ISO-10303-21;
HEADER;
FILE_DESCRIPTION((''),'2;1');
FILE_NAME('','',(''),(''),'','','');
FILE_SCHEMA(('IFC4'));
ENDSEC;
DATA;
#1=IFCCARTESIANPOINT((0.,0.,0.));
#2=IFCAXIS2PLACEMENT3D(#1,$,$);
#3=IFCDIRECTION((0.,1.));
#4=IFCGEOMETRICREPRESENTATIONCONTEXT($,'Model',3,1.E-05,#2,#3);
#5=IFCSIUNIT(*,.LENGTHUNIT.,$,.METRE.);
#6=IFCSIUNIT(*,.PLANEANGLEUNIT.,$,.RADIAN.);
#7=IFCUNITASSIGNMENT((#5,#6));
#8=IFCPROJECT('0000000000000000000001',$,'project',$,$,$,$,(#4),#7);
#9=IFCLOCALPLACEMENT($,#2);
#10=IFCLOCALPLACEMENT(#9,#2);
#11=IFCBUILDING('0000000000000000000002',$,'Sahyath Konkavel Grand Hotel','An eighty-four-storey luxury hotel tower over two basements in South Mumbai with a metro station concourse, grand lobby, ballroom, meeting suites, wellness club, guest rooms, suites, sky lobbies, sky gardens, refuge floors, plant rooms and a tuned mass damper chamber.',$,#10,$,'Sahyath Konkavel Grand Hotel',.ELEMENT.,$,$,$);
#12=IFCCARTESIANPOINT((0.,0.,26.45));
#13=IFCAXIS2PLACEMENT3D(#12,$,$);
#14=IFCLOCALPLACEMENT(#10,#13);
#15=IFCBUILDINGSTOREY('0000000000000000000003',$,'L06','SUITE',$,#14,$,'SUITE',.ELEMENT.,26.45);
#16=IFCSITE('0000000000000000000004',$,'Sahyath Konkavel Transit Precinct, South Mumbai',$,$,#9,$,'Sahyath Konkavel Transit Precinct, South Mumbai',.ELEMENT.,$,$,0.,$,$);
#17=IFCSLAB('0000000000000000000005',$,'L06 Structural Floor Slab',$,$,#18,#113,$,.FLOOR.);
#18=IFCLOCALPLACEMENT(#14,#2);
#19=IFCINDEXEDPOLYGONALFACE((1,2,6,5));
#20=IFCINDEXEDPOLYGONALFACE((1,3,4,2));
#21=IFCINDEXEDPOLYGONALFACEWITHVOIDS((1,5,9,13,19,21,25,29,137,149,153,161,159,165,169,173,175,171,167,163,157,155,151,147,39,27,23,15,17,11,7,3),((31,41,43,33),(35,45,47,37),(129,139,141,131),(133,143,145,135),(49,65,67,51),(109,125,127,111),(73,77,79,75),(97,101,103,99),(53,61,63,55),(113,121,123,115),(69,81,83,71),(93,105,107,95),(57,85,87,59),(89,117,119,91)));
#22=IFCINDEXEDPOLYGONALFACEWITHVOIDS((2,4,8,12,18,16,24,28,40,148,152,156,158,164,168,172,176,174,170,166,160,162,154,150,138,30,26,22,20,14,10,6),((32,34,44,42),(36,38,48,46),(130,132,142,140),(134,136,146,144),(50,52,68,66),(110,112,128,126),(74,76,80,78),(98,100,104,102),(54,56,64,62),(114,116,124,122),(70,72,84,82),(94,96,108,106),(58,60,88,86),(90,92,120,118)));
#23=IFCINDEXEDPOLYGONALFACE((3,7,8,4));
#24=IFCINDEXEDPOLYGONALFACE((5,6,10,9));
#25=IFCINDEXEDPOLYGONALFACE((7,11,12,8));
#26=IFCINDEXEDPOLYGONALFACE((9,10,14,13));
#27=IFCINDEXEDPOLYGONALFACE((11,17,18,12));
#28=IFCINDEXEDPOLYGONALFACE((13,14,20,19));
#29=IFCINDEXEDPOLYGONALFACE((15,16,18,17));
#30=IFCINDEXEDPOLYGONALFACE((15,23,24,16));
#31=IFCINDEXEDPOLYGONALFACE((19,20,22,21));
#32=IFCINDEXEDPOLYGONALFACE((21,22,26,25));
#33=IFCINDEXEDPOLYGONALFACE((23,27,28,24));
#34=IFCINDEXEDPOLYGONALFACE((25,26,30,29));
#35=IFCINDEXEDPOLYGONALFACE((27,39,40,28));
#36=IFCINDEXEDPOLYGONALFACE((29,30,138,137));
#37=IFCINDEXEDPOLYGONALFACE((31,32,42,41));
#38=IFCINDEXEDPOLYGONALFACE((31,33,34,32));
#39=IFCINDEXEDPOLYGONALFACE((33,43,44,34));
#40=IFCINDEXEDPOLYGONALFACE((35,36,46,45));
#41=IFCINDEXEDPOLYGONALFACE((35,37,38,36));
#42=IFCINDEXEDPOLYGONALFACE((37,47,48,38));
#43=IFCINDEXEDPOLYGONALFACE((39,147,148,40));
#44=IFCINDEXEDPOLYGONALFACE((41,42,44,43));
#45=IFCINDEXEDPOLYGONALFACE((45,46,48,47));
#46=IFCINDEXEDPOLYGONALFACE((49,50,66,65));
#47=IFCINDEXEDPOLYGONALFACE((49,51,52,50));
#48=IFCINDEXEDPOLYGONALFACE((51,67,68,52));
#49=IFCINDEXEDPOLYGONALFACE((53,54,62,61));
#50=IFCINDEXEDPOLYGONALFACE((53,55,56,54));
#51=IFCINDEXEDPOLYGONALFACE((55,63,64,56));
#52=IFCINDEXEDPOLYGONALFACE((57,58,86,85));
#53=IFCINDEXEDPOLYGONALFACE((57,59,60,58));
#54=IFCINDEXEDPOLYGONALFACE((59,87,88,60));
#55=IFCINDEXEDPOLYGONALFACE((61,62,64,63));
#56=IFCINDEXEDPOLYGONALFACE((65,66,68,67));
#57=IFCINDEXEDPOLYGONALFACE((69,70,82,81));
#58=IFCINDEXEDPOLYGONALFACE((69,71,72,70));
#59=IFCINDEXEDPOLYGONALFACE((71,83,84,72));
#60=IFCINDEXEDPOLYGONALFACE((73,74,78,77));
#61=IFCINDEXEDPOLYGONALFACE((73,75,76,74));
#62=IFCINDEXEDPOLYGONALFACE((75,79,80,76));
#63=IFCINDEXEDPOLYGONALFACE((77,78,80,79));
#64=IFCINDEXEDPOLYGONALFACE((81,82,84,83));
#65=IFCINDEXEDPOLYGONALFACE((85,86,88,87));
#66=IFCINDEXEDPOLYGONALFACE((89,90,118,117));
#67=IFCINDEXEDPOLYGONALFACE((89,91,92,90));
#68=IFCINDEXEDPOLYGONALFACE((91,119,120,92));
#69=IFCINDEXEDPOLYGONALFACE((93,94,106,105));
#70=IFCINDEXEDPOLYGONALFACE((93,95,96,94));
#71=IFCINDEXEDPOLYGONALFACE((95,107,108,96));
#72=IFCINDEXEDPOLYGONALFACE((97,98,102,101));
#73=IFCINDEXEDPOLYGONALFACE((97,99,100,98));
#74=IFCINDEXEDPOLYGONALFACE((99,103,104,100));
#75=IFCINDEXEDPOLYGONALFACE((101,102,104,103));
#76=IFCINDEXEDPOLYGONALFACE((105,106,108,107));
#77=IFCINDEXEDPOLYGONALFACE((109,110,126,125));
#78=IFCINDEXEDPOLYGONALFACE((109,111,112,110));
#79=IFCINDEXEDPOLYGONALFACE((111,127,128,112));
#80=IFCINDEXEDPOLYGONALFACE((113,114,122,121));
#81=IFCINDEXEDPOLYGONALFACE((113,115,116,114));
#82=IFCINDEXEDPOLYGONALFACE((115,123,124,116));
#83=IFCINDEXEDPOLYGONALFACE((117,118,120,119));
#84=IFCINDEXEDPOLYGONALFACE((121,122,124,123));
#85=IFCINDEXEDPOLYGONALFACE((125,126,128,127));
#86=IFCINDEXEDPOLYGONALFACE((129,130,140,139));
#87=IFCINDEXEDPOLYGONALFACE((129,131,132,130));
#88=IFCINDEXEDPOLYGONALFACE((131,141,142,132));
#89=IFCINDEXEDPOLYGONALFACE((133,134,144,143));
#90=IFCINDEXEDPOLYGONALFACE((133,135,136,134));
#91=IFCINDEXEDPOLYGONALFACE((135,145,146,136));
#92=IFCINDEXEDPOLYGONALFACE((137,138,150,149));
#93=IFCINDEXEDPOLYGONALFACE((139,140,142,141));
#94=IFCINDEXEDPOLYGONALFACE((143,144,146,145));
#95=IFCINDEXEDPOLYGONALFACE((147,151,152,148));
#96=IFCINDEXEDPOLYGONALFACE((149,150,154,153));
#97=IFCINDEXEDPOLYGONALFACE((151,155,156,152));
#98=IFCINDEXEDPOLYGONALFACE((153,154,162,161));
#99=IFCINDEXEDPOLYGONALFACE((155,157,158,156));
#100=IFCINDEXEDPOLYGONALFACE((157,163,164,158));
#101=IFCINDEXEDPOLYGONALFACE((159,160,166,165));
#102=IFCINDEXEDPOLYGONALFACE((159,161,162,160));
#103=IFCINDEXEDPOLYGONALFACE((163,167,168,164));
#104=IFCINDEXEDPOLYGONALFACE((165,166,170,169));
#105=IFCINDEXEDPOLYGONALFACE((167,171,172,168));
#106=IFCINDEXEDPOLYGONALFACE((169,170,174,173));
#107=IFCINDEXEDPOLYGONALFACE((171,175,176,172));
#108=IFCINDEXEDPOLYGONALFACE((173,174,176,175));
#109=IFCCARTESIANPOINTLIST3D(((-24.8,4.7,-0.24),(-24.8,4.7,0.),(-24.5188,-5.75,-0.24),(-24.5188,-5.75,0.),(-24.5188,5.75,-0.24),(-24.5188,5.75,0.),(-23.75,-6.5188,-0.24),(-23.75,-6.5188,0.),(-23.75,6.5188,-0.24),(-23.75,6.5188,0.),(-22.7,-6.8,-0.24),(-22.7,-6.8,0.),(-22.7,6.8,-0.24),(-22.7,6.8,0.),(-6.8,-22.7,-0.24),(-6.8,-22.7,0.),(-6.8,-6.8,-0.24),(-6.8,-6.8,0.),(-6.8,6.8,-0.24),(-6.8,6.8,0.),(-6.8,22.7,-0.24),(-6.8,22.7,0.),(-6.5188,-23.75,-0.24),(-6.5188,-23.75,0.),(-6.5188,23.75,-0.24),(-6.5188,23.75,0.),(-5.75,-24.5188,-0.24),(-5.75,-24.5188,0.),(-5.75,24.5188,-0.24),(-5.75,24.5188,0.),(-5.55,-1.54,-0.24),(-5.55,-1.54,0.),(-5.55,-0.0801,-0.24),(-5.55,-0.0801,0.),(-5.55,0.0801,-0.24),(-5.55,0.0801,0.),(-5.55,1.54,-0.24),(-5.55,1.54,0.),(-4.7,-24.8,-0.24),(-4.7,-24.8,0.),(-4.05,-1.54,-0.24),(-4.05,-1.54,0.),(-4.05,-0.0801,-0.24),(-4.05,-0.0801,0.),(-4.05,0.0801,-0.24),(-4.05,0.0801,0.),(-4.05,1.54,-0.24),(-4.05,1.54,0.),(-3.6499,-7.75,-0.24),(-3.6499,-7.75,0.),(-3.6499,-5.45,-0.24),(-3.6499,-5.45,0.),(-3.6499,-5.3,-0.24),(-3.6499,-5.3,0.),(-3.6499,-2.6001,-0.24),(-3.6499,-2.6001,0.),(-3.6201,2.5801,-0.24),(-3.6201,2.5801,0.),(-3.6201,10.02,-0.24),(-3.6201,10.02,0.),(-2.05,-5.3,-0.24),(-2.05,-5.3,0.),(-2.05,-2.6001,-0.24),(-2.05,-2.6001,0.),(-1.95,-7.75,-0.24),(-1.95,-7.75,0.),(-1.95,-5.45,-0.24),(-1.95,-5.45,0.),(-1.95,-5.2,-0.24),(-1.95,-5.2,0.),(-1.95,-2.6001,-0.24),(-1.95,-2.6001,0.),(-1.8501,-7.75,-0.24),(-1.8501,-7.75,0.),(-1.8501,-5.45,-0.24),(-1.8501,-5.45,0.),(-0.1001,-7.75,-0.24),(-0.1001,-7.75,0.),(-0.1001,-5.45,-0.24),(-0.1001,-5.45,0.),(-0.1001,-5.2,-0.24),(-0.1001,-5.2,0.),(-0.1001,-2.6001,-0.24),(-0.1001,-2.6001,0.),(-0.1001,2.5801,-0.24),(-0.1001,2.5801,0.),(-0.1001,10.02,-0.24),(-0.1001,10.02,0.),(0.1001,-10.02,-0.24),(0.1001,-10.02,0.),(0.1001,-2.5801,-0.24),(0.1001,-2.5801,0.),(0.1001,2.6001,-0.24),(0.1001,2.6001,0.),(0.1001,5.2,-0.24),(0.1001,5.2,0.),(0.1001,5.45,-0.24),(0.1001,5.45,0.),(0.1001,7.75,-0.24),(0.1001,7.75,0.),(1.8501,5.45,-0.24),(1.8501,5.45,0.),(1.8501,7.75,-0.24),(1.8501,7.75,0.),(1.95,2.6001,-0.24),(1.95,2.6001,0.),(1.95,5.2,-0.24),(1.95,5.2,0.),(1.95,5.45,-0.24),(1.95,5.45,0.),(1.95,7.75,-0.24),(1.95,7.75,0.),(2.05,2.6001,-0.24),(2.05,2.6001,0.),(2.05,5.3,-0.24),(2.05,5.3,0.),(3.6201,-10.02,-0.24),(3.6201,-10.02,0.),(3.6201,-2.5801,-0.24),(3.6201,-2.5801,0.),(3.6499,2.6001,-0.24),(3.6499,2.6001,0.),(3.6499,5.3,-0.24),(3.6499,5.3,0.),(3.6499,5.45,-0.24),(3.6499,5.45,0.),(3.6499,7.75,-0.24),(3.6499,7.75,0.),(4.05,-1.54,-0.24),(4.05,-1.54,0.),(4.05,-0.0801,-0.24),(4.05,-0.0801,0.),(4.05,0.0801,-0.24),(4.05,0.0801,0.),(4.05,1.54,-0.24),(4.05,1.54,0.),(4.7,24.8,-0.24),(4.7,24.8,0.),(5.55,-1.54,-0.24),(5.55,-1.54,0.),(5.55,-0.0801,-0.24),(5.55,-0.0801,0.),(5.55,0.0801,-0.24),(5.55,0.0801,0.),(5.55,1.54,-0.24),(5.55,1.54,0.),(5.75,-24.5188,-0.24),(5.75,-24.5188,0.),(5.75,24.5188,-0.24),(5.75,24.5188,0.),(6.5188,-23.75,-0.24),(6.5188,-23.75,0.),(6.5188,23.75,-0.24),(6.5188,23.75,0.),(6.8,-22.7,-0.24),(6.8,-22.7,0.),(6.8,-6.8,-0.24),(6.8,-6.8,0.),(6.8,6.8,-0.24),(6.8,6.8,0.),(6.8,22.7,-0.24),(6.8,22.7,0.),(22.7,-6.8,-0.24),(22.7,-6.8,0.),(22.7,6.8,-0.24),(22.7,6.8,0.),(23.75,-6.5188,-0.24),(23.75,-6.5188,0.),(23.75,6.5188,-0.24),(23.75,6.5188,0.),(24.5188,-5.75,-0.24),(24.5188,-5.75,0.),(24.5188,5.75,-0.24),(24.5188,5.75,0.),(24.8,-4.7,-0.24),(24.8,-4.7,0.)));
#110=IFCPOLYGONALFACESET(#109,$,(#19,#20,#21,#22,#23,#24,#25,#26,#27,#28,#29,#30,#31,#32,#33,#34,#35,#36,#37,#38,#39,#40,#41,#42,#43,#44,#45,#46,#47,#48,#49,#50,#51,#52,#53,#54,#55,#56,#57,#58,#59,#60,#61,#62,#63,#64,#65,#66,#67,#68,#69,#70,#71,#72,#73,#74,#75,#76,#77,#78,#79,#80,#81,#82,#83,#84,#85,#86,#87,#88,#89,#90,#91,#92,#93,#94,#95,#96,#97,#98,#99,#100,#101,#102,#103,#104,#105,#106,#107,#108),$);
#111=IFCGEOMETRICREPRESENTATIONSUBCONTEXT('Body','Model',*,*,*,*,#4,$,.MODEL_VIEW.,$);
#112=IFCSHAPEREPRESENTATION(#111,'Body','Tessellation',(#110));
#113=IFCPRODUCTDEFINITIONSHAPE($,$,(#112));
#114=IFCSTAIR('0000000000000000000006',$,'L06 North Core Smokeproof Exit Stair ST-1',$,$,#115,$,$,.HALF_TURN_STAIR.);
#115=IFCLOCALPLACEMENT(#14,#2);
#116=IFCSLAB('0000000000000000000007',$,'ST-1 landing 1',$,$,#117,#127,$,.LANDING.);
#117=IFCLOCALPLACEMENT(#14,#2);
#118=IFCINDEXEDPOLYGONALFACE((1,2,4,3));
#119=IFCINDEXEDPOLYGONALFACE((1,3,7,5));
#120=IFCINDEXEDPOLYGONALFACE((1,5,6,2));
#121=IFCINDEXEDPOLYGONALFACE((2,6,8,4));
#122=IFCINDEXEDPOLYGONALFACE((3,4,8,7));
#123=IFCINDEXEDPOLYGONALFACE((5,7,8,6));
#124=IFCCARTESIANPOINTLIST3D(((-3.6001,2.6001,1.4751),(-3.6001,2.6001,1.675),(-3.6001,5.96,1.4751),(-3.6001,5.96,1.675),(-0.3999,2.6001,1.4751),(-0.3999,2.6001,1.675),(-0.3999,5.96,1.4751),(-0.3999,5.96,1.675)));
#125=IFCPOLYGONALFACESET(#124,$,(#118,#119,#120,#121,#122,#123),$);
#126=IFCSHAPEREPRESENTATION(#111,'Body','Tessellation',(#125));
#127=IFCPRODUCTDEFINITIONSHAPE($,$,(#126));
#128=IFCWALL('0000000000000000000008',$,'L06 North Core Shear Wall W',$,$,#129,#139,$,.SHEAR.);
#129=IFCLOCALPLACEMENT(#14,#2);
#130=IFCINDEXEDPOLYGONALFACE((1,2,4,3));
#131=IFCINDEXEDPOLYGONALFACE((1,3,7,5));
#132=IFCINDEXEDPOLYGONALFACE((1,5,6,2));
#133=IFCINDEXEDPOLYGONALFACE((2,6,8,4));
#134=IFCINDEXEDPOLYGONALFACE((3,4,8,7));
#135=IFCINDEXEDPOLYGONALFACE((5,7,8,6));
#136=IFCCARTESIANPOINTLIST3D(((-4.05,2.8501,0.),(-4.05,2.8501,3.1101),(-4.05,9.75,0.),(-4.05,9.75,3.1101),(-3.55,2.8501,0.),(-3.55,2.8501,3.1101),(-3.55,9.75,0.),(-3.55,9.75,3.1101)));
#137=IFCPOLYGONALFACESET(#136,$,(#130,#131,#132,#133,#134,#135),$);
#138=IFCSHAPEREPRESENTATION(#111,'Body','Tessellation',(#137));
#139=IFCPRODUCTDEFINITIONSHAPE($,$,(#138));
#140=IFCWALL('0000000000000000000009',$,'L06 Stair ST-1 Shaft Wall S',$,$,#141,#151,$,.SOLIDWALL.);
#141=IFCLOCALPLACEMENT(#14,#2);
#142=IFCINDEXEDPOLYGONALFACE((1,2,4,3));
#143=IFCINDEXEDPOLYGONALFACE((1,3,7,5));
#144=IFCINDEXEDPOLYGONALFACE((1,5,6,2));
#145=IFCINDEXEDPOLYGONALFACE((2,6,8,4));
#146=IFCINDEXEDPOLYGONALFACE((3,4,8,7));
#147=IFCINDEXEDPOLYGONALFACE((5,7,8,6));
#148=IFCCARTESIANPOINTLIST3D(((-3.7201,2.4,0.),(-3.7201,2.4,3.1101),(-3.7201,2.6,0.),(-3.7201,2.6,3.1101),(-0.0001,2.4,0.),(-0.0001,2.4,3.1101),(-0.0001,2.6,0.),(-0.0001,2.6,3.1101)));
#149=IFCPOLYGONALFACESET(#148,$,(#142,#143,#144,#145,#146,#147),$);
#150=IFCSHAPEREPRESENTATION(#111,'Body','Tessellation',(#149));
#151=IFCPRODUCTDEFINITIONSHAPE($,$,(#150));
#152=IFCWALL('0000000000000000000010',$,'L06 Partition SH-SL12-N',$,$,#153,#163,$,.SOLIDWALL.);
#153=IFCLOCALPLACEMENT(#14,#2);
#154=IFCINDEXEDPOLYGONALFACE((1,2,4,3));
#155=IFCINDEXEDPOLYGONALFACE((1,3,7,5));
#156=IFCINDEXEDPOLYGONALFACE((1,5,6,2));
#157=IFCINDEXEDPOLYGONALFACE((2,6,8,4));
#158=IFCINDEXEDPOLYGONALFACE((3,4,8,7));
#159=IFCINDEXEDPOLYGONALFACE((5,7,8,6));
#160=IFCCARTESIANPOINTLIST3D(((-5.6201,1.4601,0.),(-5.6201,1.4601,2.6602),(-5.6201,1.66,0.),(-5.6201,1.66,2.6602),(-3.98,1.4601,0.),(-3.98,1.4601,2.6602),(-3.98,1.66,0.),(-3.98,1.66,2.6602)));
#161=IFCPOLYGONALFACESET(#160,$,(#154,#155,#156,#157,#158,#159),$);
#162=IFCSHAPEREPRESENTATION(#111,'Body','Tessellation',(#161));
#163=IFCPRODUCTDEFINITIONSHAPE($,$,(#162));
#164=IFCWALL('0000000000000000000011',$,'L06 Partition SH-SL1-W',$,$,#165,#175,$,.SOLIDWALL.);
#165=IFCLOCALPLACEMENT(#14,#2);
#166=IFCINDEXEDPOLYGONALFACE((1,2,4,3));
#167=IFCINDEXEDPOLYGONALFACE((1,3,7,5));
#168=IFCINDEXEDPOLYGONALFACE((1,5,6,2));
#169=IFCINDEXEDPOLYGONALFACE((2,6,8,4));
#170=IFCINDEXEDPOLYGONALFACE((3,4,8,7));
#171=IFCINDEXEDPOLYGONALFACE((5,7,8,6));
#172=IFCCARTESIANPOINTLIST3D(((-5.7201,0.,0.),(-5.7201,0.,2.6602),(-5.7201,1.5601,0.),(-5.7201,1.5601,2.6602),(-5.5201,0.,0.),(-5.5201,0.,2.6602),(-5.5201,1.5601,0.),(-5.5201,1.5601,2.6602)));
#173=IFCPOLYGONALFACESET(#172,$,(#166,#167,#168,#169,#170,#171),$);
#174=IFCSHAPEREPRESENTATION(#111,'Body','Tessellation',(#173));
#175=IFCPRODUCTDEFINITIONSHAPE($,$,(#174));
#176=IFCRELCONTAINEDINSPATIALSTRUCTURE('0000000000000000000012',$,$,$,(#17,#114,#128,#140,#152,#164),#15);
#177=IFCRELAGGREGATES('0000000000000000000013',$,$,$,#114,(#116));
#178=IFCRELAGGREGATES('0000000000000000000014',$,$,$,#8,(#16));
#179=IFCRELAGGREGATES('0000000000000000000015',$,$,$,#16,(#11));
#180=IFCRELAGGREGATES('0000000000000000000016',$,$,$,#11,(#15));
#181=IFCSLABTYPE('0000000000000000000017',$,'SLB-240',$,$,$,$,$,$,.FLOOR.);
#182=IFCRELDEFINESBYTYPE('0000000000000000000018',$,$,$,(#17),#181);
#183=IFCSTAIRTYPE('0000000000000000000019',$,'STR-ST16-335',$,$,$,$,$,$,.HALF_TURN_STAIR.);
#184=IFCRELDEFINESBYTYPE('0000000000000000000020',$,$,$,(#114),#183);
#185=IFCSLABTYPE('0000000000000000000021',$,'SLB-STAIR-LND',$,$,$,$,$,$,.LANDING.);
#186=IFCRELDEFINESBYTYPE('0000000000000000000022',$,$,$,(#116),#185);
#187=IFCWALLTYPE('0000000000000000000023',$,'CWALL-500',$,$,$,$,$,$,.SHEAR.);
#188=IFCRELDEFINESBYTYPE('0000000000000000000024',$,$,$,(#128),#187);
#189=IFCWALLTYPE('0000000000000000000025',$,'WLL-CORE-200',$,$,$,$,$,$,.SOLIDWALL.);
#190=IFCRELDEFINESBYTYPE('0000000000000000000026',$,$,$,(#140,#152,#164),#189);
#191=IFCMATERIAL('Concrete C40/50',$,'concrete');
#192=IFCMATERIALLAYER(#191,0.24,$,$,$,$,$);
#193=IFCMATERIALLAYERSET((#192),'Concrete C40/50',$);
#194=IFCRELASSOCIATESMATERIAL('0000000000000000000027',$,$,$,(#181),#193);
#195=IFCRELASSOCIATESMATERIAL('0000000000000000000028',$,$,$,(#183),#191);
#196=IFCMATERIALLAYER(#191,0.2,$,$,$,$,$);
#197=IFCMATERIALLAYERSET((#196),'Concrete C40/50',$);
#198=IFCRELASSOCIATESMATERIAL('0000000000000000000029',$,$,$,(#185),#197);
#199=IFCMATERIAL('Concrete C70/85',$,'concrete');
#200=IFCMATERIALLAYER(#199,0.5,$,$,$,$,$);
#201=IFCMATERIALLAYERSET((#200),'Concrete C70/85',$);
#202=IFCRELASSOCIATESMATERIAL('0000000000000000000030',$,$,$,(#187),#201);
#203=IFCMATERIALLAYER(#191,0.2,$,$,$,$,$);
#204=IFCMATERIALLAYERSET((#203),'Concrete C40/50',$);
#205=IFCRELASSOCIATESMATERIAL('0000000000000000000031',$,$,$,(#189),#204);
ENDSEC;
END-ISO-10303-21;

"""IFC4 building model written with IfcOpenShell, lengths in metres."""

from ifc_helpers import new_model, si_unit, direction, frame, frame_2d, origin, place, context, subcontext, project, spatial, polyline, rectangle, outline, extrude, material, layer, layer_set, type_object, element, aggregate, save


model = new_model("IFC4")

# Units and contexts
model_context = context("Model", 3, precision=1e-05, world=origin(), true_north=direction((0.0, 1.0)))
body_context = subcontext(model_context, "Body", "Model", "MODEL_VIEW")
ifc_project = project(units=[si_unit("LENGTHUNIT", "METRE"), si_unit("PLANEANGLEUNIT", "RADIAN")], contexts=[model_context])

# Site, building, storey
site_placement = place(None, origin())
site = spatial("IfcSite", under=ifc_project, at=site_placement, Name="Sahyath Konkavel Transit Precinct, South Mumbai", LongName="Sahyath Konkavel Transit Precinct, South Mumbai", CompositionType="ELEMENT", RefElevation=0.0)
building_placement = place(site_placement, origin())
building = spatial("IfcBuilding", under=site, at=building_placement, Name="Sahyath Konkavel Grand Hotel", Description="An eighty-four-storey luxury hotel tower over two basements in South Mumbai with a metro station concourse, grand lobby, ballroom, meeting suites, wellness club, guest rooms, suites, sky lobbies, sky gardens, refuge floors, plant rooms and a tuned mass damper chamber.", LongName="Sahyath Konkavel Grand Hotel", CompositionType="ELEMENT")
storey_placement = place(building_placement, frame((0.0, 0.0, 26.45)))
storey = spatial("IfcBuildingStorey", under=building, at=storey_placement, Name="L06", Description="SUITE", LongName="SUITE", CompositionType="ELEMENT", Elevation=26.45)

# Shared definitions
ifc_material_1 = material(Name="Concrete C70/85", Category="concrete")

# Slab
ifc_material_2 = material(Name="Concrete C40/50", Category="concrete")
ifc_layer_1 = layer(ifc_material_2, 0.24)
ifc_layer_set_1 = layer_set([ifc_layer_1], Name="Concrete C40/50")
slab_type_1 = type_object("IfcSlabType", Name="SLB-240", PredefinedType="FLOOR", material=ifc_layer_set_1)
slab_1_placement = place(storey_placement, frame((0.0, 0.0, -0.24)))
element("IfcSlab", 1, at=slab_1_placement, inside=storey, type_object=slab_type_1, Name="L06 Structural Floor Slab", PredefinedType="FLOOR", context=body_context, shape_type="SweptSolid", body=[
    extrude(outline(polyline([(6.8, -6.8), (22.7, -6.8), (23.75, -6.5188), (24.5188, -5.75), (24.8, -4.7), (24.5188, 5.75), (23.75, 6.5188), (22.7, 6.8), (6.8, 6.8), (6.8, 22.7), (6.5188, 23.75), (5.75, 24.5188), (4.7, 24.8), (-5.75, 24.5188), (-6.5188, 23.75), (-6.8, 22.7), (-6.8, 6.8), (-22.7, 6.8), (-23.75, 6.5188), (-24.5188, 5.75), (-24.8, 4.7), (-24.5188, -5.75), (-23.75, -6.5188), (-22.7, -6.8), (-6.8, -6.8), (-6.8, -22.7), (-6.5188, -23.75), (-5.75, -24.5188), (-4.7, -24.8), (5.75, -24.5188), (6.5188, -23.75), (6.8, -22.7), (6.8, -6.8)]), holes=[polyline([(-3.6201, 2.5801), (-0.1001, 2.5801), (-0.1001, 10.02), (-3.6201, 10.02), (-3.6201, 2.5801)]), polyline([(0.1001, -10.02), (3.6201, -10.02), (3.6201, -2.5801), (0.1001, -2.5801), (0.1001, -10.02)]), polyline([(0.1001, 2.6001), (1.95, 2.6001), (1.95, 5.2), (0.1001, 5.2), (0.1001, 2.6001)]), polyline([(-1.95, -5.2), (-0.1001, -5.2), (-0.1001, -2.6001), (-1.95, -2.6001), (-1.95, -5.2)]), polyline([(2.05, 2.6001), (3.6499, 2.6001), (3.6499, 5.3), (2.05, 5.3), (2.05, 2.6001)]), polyline([(-3.6499, -5.3), (-2.05, -5.3), (-2.05, -2.6001), (-3.6499, -2.6001), (-3.6499, -5.3)]), polyline([(0.1001, 5.45), (1.8501, 5.45), (1.8501, 7.75), (0.1001, 7.75), (0.1001, 5.45)]), polyline([(1.95, 5.45), (3.6499, 5.45), (3.6499, 7.75), (1.95, 7.75), (1.95, 5.45)]), polyline([(-3.6499, -7.75), (-1.95, -7.75), (-1.95, -5.45), (-3.6499, -5.45), (-3.6499, -7.75)]), polyline([(-1.8501, -7.75), (-0.1001, -7.75), (-0.1001, -5.45), (-1.8501, -5.45), (-1.8501, -7.75)]), polyline([(4.05, 0.0801), (5.55, 0.0801), (5.55, 1.54), (4.05, 1.54), (4.05, 0.0801)]), polyline([(4.05, -1.54), (5.55, -1.54), (5.55, -0.0801), (4.05, -0.0801), (4.05, -1.54)]), polyline([(-5.55, 0.0801), (-4.05, 0.0801), (-4.05, 1.54), (-5.55, 1.54), (-5.55, 0.0801)]), polyline([(-5.55, -1.54), (-4.05, -1.54), (-4.05, -0.0801), (-5.55, -0.0801), (-5.55, -1.54)])]), origin(), (0.0, 0.0, 1.0), 0.24),
])

# Stair, slab
stair_type = type_object("IfcStairType", Name="STR-ST16-335", PredefinedType="HALF_TURN_STAIR", material=ifc_material_2)
stair_placement = place(storey_placement, origin())
stair = element("IfcStair", 2, at=stair_placement, inside=storey, type_object=stair_type, Name="L06 North Core Smokeproof Exit Stair ST-1", PredefinedType="HALF_TURN_STAIR")
ifc_layer_2 = layer(ifc_material_2, 0.2)
ifc_layer_set_2 = layer_set([ifc_layer_2], Name="Concrete C40/50")
slab_type_2 = type_object("IfcSlabType", Name="SLB-STAIR-LND", PredefinedType="LANDING", material=ifc_layer_set_2)
slab_2_placement = place(storey_placement, frame((0.0, 0.0, 1.4751)))
slab_2 = element("IfcSlab", 3, at=slab_2_placement, type_object=slab_type_2, Name="ST-1 landing 1", PredefinedType="LANDING", context=body_context, shape_type="SweptSolid", body=[
    extrude(outline(polyline([(-3.6001, 5.96), (-3.6001, 2.6001), (-0.3999, 2.6001), (-0.3999, 5.96), (-3.6001, 5.96)])), origin(), (0.0, 0.0, 1.0), 0.2),
])

# Walls
ifc_layer_3 = layer(ifc_material_1, 0.5)
ifc_layer_set_3 = layer_set([ifc_layer_3], Name="Concrete C70/85")
wall_type_1 = type_object("IfcWallType", Name="CWALL-500", PredefinedType="SHEAR", material=ifc_layer_set_3)
wall_1_placement = place(storey_placement, frame((-3.8, 2.8501, 0.0), z_axis=(0.0, 0.0, 1.0), x_axis=(0.0, 1.0, 0.0)))
element("IfcWall", 4, at=wall_1_placement, inside=storey, type_object=wall_type_1, Name="L06 North Core Shear Wall W", PredefinedType="SHEAR", context=body_context, shape_type="SweptSolid", body=[
    extrude(rectangle(XDim=6.8999, YDim=0.5, at=frame_2d((3.45, 0.0))), origin(), (0.0, 0.0, 1.0), 3.1101),
])
ifc_layer_4 = layer(ifc_material_2, 0.2)
ifc_layer_set_4 = layer_set([ifc_layer_4], Name="Concrete C40/50")
wall_type_2 = type_object("IfcWallType", Name="WLL-CORE-200", PredefinedType="SOLIDWALL", material=ifc_layer_set_4)
wall_2_placement = place(storey_placement, frame((-3.72, 2.5, 0.0), z_axis=(0.0, 0.0, 1.0), x_axis=(1.0, 0.0, 0.0)))
element("IfcWall", 5, at=wall_2_placement, inside=storey, type_object=wall_type_2, Name="L06 Stair ST-1 Shaft Wall S", PredefinedType="SOLIDWALL", context=body_context, shape_type="SweptSolid", body=[
    extrude(rectangle(XDim=3.72, YDim=0.2, at=frame_2d((1.8599, 0.0))), origin(), (0.0, 0.0, 1.0), 3.1101),
])
wall_3_placement = place(storey_placement, frame((-5.6201, 1.5601, 0.0), z_axis=(0.0, 0.0, 1.0), x_axis=(1.0, 0.0, 0.0)))
element("IfcWall", 6, at=wall_3_placement, inside=storey, type_object=wall_type_2, Name="L06 Partition SH-SL12-N", PredefinedType="SOLIDWALL", context=body_context, shape_type="SweptSolid", body=[
    extrude(rectangle(XDim=1.6401, YDim=0.2, at=frame_2d((0.8201, 0.0))), origin(), (0.0, 0.0, 1.0), 2.6602),
])
wall_4_placement = place(storey_placement, frame((-5.6201, 0.0, 0.0), z_axis=(0.0, 0.0, 1.0), x_axis=(0.0, 1.0, 0.0)))
element("IfcWall", 7, at=wall_4_placement, inside=storey, type_object=wall_type_2, Name="L06 Partition SH-SL1-W", PredefinedType="SOLIDWALL", context=body_context, shape_type="SweptSolid", body=[
    extrude(rectangle(XDim=1.5601, YDim=0.2, at=frame_2d((0.78, 0.0))), origin(), (0.0, 0.0, 1.0), 2.6602),
])

aggregate(stair, [slab_2])

save(model, "model.ifc")
